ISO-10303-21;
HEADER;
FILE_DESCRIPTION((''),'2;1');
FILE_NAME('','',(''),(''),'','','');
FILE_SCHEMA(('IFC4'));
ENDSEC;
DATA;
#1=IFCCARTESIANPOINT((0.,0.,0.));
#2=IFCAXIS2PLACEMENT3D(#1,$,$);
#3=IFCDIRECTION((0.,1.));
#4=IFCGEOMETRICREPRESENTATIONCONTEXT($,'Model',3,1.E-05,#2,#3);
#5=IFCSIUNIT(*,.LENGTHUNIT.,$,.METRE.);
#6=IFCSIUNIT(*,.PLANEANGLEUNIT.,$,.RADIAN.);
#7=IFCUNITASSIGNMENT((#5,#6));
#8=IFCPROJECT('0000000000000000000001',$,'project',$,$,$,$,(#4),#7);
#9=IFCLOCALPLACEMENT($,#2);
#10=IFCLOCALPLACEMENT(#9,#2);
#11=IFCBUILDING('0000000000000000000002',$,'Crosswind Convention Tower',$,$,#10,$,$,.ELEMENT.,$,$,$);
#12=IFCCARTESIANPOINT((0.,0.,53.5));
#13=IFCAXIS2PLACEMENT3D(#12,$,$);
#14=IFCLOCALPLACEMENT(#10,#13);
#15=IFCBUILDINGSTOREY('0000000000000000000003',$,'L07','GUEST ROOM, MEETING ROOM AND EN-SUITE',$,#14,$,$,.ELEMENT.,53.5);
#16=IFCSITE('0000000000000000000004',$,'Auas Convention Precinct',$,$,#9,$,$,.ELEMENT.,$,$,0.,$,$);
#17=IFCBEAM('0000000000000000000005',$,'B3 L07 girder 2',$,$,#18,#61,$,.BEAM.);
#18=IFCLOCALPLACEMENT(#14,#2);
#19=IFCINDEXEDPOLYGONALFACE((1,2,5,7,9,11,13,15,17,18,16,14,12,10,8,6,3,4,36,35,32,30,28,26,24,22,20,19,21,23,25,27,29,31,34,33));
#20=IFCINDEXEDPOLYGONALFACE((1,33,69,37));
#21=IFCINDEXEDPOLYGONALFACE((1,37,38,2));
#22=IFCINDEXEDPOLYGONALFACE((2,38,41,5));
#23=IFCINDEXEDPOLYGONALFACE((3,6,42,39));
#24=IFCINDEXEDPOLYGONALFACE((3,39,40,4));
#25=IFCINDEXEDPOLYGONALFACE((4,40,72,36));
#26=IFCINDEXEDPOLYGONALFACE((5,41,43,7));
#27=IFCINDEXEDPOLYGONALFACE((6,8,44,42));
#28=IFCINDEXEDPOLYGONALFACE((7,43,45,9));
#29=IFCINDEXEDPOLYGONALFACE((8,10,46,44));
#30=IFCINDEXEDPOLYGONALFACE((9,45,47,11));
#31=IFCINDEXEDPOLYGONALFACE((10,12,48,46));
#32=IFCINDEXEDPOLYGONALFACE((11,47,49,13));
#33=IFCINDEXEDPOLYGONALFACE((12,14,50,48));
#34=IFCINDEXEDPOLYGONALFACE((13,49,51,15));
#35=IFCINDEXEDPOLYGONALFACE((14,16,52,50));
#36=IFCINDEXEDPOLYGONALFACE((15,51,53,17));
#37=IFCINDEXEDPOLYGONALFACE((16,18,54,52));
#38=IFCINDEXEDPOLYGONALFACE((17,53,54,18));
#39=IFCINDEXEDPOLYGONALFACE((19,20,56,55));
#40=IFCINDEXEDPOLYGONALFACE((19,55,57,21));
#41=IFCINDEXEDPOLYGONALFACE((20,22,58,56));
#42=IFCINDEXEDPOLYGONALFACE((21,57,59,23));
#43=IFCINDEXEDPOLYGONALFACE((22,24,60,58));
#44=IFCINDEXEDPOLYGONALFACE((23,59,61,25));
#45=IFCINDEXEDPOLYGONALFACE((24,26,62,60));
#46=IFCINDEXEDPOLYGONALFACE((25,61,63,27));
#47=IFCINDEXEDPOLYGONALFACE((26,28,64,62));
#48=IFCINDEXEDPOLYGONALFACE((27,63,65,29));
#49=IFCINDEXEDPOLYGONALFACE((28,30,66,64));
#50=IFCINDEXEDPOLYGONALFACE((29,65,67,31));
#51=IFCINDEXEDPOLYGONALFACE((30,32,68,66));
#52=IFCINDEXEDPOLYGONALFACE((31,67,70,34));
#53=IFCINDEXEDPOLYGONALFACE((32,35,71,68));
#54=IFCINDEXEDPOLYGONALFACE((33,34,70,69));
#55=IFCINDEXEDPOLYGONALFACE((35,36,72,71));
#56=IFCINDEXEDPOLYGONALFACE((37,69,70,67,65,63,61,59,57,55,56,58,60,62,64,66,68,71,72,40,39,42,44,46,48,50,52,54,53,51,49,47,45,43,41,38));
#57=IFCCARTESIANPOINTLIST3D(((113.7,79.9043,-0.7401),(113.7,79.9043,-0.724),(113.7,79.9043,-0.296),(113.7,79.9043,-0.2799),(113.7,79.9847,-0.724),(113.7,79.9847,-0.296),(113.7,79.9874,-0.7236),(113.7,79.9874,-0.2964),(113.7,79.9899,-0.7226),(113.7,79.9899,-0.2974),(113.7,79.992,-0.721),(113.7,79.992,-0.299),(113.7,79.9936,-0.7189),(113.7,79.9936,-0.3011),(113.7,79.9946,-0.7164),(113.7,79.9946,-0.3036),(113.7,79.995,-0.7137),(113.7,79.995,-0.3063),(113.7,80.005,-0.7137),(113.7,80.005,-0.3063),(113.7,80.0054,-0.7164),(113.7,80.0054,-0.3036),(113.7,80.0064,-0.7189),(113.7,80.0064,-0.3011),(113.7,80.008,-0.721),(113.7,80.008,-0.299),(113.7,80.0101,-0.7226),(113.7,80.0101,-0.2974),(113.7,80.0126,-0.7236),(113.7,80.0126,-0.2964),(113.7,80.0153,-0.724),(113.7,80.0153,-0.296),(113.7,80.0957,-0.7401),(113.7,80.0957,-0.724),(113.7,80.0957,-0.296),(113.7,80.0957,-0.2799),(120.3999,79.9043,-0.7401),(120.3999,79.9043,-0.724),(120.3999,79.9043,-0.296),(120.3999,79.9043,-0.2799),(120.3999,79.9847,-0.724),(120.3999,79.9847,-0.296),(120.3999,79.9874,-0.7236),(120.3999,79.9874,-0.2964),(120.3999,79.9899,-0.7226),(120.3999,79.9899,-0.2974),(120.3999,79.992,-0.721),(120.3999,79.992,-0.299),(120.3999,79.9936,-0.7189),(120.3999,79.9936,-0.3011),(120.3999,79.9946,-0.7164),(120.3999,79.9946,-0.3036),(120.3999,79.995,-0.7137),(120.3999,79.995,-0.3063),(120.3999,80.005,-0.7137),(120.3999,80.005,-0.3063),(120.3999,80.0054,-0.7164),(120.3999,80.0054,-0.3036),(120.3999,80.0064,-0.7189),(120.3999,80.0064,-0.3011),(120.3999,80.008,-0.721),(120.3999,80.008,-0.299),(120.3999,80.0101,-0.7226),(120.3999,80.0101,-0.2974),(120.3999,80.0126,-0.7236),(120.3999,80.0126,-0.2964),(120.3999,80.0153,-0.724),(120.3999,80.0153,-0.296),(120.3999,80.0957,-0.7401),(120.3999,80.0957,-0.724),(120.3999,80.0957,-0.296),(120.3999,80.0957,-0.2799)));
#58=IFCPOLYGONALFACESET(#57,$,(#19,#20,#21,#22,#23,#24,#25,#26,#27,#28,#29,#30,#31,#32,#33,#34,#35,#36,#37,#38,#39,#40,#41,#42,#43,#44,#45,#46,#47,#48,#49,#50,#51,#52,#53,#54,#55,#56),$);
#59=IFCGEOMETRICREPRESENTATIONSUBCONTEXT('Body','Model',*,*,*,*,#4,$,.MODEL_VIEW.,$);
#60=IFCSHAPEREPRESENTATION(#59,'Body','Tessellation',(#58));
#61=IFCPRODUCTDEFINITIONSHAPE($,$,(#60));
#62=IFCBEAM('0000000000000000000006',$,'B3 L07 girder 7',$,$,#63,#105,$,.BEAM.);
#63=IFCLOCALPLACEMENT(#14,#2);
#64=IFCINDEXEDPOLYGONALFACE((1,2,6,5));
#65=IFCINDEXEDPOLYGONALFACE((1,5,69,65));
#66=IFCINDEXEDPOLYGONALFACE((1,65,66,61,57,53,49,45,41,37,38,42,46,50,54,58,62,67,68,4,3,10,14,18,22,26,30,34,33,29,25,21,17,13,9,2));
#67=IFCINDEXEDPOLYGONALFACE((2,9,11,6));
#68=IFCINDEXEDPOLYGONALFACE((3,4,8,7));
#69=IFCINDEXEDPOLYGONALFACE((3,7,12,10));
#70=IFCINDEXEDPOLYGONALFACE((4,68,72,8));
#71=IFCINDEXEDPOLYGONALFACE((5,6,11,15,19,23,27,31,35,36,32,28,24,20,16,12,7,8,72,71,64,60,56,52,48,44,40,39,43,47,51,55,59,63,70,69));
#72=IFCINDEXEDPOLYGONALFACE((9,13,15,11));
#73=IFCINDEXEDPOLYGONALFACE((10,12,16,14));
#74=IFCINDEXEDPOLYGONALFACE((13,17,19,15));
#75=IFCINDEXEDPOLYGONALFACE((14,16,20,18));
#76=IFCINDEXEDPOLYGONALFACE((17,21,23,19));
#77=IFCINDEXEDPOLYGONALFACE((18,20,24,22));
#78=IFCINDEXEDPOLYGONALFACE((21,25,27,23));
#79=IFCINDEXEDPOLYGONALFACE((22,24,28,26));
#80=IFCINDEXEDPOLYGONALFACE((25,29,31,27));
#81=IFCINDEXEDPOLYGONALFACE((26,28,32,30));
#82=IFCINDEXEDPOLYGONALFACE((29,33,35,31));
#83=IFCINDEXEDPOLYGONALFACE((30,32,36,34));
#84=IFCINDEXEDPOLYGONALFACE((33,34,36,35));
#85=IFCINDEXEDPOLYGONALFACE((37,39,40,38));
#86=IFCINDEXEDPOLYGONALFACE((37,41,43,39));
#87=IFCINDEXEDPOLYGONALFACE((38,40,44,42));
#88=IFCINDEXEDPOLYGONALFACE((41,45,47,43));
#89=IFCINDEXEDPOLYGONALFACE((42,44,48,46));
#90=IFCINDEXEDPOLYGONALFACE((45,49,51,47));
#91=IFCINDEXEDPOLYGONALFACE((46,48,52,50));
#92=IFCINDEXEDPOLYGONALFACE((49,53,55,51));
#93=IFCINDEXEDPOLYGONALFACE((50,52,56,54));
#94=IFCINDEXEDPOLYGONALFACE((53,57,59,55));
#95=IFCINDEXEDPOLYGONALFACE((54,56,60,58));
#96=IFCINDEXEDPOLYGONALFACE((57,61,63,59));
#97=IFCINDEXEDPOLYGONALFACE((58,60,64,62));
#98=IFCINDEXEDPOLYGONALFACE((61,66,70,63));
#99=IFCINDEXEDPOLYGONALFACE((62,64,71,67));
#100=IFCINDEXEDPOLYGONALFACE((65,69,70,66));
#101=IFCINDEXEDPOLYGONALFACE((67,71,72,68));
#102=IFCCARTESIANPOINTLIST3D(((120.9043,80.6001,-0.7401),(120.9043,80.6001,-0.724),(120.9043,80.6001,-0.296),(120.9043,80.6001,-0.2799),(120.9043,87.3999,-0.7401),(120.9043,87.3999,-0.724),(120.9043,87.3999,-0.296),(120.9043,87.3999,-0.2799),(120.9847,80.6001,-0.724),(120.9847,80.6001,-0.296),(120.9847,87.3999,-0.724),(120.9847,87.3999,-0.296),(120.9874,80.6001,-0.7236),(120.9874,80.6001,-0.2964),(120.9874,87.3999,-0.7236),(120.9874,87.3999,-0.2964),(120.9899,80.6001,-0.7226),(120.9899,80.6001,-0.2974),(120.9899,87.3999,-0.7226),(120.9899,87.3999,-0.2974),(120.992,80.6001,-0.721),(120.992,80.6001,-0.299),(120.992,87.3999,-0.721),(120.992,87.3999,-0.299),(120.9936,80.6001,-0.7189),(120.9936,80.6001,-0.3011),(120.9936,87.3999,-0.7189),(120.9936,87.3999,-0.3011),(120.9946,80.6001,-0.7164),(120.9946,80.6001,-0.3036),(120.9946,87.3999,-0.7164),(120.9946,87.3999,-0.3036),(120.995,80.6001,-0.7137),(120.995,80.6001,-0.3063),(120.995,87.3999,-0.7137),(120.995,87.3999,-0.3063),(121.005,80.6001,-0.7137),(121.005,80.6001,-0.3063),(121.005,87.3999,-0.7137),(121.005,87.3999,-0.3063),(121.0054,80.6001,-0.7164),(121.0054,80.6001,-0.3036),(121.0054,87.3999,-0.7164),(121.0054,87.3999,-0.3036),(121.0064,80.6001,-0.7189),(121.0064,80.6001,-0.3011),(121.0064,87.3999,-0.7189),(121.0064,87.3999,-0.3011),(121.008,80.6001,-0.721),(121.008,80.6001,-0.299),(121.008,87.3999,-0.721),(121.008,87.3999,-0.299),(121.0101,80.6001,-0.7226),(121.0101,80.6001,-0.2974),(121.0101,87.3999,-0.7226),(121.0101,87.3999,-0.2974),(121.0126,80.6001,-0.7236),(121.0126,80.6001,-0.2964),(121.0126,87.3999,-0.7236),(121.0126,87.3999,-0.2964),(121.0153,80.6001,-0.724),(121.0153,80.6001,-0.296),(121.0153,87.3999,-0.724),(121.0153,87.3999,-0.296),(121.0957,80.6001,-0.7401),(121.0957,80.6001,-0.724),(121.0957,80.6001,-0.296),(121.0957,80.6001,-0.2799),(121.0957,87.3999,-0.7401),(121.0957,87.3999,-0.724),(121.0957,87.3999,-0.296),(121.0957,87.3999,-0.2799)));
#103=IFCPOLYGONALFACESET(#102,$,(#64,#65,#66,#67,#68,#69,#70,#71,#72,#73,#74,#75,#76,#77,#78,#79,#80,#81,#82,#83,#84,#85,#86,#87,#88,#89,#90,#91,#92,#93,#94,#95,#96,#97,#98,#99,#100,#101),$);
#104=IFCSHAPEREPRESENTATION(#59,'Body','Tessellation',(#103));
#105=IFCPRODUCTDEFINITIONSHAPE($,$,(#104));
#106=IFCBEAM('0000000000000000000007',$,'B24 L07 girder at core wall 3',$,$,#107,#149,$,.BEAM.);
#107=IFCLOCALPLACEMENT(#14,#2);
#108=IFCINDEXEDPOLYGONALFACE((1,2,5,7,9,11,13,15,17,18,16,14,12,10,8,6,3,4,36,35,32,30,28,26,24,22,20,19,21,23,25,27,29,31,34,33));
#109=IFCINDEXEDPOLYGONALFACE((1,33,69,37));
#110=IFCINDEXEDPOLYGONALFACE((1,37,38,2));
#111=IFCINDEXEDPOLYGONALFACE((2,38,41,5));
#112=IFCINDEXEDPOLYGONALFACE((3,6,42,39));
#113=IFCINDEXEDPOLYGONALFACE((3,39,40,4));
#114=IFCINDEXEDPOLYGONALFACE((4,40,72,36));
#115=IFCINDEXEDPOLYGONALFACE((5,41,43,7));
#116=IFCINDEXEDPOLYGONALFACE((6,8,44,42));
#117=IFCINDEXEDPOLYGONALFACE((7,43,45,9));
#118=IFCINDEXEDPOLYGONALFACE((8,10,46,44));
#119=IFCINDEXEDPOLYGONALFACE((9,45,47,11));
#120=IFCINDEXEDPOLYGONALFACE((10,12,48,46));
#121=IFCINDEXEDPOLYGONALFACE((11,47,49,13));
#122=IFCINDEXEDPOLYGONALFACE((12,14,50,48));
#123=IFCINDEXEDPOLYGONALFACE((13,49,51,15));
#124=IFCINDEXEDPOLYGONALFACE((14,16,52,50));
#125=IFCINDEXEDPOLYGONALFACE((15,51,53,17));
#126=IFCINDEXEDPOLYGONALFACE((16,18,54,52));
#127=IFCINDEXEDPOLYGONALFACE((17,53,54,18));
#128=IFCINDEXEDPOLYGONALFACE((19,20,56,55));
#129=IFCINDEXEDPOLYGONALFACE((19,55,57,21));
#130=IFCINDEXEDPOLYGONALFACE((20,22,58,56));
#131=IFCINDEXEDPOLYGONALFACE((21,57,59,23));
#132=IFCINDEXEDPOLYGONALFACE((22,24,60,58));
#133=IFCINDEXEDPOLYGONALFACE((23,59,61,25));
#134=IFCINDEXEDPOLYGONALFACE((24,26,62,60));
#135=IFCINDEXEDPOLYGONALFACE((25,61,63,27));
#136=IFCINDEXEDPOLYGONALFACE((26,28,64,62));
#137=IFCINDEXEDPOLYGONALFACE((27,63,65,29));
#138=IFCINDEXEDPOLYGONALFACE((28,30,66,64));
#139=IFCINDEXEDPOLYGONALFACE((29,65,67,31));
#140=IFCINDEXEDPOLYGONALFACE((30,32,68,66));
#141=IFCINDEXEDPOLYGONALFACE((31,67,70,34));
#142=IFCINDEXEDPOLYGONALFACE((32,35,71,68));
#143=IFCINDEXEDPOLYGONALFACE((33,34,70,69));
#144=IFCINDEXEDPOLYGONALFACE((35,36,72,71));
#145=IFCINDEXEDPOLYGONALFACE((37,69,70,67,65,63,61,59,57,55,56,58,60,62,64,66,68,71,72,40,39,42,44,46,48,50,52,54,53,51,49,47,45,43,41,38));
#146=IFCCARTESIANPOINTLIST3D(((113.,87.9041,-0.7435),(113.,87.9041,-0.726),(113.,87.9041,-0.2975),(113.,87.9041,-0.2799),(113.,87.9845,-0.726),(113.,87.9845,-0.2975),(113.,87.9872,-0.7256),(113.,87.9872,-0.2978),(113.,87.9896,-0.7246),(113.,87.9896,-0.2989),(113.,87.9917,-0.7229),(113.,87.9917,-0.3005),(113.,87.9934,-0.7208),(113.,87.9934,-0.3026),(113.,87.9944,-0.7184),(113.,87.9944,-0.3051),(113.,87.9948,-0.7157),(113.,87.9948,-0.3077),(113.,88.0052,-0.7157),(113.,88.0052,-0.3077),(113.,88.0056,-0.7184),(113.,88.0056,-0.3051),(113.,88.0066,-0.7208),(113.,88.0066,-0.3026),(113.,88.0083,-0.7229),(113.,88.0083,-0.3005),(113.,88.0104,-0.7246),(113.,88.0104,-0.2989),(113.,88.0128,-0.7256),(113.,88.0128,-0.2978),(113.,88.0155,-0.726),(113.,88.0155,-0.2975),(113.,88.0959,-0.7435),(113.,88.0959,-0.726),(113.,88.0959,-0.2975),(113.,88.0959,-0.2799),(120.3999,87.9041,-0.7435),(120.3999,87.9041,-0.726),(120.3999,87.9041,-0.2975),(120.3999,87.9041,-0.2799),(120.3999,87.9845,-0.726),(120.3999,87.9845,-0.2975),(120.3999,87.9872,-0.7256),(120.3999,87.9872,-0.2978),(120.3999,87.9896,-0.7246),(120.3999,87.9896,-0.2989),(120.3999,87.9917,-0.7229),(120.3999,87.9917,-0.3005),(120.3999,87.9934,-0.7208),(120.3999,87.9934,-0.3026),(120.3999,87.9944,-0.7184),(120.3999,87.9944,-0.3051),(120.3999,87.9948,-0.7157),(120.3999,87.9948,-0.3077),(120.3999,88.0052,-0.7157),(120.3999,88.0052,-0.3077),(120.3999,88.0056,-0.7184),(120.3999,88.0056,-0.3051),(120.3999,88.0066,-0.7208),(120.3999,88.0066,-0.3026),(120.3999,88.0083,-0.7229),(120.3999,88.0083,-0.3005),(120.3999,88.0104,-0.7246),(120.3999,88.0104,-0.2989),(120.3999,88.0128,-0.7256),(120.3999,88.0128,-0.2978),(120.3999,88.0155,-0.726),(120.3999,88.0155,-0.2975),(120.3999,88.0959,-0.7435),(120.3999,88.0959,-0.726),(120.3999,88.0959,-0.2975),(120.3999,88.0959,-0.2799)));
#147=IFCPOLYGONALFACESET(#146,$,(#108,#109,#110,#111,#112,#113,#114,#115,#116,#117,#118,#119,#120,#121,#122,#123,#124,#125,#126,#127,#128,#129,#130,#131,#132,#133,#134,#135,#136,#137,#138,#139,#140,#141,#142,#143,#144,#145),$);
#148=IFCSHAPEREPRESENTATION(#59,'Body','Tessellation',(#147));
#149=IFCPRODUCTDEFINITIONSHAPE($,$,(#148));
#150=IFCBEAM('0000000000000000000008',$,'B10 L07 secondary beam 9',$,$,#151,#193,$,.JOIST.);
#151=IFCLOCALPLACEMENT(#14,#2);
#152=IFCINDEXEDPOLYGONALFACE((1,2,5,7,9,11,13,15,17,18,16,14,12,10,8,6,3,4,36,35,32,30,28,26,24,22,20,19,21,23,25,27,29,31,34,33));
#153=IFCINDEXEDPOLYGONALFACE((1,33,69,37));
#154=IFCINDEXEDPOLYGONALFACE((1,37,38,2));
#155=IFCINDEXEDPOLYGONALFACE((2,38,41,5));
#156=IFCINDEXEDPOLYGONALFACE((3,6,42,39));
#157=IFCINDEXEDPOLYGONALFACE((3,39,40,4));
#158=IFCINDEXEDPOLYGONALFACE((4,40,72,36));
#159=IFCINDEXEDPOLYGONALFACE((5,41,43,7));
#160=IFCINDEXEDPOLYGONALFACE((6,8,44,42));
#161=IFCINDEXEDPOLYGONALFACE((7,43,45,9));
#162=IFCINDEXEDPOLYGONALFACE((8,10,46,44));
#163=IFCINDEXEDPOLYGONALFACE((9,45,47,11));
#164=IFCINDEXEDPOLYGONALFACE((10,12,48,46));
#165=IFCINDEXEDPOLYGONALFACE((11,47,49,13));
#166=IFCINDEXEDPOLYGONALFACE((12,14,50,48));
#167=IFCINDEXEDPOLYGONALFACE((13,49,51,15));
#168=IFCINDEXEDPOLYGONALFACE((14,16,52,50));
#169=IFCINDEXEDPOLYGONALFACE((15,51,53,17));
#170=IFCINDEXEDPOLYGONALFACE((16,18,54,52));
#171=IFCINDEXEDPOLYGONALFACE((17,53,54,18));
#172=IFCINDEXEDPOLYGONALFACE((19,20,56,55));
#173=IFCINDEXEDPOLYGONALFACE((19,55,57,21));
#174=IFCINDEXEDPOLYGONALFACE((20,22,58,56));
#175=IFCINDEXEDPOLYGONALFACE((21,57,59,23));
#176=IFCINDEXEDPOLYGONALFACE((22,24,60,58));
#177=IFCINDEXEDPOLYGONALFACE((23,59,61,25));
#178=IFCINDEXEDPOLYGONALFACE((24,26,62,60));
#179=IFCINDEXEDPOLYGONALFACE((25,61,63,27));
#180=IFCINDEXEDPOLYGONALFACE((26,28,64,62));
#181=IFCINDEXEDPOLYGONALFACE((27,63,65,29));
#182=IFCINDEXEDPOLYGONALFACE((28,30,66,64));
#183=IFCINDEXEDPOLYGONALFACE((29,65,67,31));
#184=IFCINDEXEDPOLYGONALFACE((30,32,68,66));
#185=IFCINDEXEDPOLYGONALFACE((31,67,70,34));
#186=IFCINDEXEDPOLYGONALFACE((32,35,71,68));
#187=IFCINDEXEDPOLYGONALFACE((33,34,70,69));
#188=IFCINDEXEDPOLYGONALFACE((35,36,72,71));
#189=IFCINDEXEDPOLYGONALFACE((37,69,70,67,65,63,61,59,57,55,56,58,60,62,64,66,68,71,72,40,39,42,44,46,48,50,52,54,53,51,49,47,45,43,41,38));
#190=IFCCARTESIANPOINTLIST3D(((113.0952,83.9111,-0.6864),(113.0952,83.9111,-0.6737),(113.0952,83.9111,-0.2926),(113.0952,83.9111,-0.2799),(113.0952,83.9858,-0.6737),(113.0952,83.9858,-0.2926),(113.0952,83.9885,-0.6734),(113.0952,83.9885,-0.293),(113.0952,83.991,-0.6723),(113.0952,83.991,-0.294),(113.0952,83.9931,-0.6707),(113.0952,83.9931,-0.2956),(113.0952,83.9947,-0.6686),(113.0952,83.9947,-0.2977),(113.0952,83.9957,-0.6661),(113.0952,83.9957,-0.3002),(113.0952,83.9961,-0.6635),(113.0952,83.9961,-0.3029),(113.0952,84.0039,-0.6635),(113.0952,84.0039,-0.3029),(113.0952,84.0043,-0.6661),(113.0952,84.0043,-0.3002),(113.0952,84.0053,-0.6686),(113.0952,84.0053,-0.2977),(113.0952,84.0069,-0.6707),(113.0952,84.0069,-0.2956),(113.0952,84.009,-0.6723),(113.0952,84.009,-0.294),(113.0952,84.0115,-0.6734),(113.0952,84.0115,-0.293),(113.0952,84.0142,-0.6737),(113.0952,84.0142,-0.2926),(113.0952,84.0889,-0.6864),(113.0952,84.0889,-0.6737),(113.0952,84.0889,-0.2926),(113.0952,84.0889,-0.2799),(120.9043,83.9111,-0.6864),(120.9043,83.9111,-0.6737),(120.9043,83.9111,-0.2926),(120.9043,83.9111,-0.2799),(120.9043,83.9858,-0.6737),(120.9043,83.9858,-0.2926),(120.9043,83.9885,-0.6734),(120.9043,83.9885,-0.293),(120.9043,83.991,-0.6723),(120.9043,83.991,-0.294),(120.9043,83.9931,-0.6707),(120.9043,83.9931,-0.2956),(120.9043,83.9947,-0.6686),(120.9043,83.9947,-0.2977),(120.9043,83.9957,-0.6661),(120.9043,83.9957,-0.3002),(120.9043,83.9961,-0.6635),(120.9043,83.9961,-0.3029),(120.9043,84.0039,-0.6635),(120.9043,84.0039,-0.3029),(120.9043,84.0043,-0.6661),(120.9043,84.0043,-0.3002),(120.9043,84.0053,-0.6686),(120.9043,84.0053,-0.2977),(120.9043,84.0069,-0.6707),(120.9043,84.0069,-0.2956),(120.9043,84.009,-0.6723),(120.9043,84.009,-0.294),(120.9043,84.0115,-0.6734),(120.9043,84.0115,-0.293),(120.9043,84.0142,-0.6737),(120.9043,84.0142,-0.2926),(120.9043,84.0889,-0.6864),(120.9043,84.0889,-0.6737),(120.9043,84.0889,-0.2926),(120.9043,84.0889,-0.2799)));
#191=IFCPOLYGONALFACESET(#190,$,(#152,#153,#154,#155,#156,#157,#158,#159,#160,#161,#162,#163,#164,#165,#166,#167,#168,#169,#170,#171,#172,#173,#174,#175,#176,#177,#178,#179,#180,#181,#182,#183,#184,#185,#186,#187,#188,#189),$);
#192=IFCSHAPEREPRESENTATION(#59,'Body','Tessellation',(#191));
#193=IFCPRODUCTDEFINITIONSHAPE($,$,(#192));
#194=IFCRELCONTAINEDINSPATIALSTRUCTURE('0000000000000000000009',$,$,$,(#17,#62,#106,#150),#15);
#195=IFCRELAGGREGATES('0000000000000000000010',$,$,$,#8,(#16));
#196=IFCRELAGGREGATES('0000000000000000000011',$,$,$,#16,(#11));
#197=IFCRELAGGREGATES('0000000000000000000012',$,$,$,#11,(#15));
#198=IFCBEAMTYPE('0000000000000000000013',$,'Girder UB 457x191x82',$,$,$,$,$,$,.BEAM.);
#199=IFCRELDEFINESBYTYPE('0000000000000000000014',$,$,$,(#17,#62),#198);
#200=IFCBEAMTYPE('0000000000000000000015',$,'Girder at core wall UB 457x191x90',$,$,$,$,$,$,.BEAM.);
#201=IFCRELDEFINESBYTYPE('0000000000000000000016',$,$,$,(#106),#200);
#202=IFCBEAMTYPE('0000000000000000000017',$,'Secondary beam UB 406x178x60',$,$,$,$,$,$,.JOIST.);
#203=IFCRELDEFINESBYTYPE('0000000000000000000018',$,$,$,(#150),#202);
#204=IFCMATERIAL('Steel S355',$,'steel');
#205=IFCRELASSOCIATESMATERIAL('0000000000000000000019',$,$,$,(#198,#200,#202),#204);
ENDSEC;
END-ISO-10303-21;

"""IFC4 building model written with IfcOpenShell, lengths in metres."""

from ifc_helpers import new_model, si_unit, direction, frame, origin, origin_2d, place, context, subcontext, project, spatial, i_section, extrude, material, material_profile, profile_set, type_object, element, save


model = new_model("IFC4")

# Units and contexts
model_context = context("Model", 3, precision=1e-05, world=origin(), true_north=direction((0.0, 1.0)))
body_context = subcontext(model_context, "Body", "Model", "MODEL_VIEW")
ifc_project = project(units=[si_unit("LENGTHUNIT", "METRE"), si_unit("PLANEANGLEUNIT", "RADIAN")], contexts=[model_context])

# Site, building, storey
site_placement = place(None, origin())
site = spatial("IfcSite", under=ifc_project, at=site_placement, Name="Auas Convention Precinct", CompositionType="ELEMENT", RefElevation=0.0)
building_placement = place(site_placement, origin())
building = spatial("IfcBuilding", under=site, at=building_placement, Name="Crosswind Convention Tower", CompositionType="ELEMENT")
storey_placement = place(building_placement, frame((0.0, 0.0, 53.5)))
storey = spatial("IfcBuildingStorey", under=building, at=storey_placement, Name="L07", Description="GUEST ROOM, MEETING ROOM AND EN-SUITE", CompositionType="ELEMENT", Elevation=53.5)

# Beams
ifc_material_1 = material(Name="Steel S355", Category="steel")
ifc_material_profile_1 = material_profile(ifc_material_1, i_section(OverallWidth=0.1914, OverallDepth=0.4602, WebThickness=0.01, FlangeThickness=0.0161, FilletRadius=0.0103, at=origin_2d()), Name="UB 457x191x82")
ifc_profile_set_1 = profile_set([ifc_material_profile_1], Name="Steel S355")
beam_type_1 = type_object("IfcBeamType", Name="Girder UB 457x191x82", PredefinedType="BEAM", material=ifc_profile_set_1)
beam_1_placement = place(storey_placement, frame((113.7, 80.0, -0.51), z_axis=(1.0, 0.0, 0.0), x_axis=(0.0, 1.0, 0.0)))
element("IfcBeam", 1, at=beam_1_placement, inside=storey, type_object=beam_type_1, Name="B3 L07 girder 2", PredefinedType="BEAM", context=body_context, shape_type="SweptSolid", body=[
    extrude(i_section(OverallWidth=0.1914, OverallDepth=0.4602, WebThickness=0.01, FlangeThickness=0.0161, FilletRadius=0.0103, at=origin_2d()), origin(), (0.0, 0.0, 1.0), 6.7),
])
beam_2_placement = place(storey_placement, frame((121.0, 80.6001, -0.51), z_axis=(0.0, 1.0, 0.0), x_axis=(-1.0, 0.0, 0.0)))
element("IfcBeam", 2, at=beam_2_placement, inside=storey, type_object=beam_type_1, Name="B3 L07 girder 7", PredefinedType="BEAM", context=body_context, shape_type="SweptSolid", body=[
    extrude(i_section(OverallWidth=0.1914, OverallDepth=0.4602, WebThickness=0.01, FlangeThickness=0.0161, FilletRadius=0.0103, at=origin_2d()), origin(), (0.0, 0.0, 1.0), 6.7998),
])
ifc_material_profile_2 = material_profile(ifc_material_1, i_section(OverallWidth=0.1919, OverallDepth=0.4636, WebThickness=0.0105, FlangeThickness=0.0176, FilletRadius=0.0103, at=origin_2d()), Name="UB 457x191x90")
ifc_profile_set_2 = profile_set([ifc_material_profile_2], Name="Steel S355")
beam_type_2 = type_object("IfcBeamType", Name="Girder at core wall UB 457x191x90", PredefinedType="BEAM", material=ifc_profile_set_2)
beam_3_placement = place(storey_placement, frame((113.0, 88.0, -0.5117), z_axis=(1.0, 0.0, 0.0), x_axis=(0.0, 1.0, 0.0)))
element("IfcBeam", 3, at=beam_3_placement, inside=storey, type_object=beam_type_2, Name="B24 L07 girder at core wall 3", PredefinedType="BEAM", context=body_context, shape_type="SweptSolid", body=[
    extrude(i_section(OverallWidth=0.1919, OverallDepth=0.4636, WebThickness=0.0105, FlangeThickness=0.0176, FilletRadius=0.0103, at=origin_2d()), origin(), (0.0, 0.0, 1.0), 7.3999),
])
ifc_material_profile_3 = material_profile(ifc_material_1, i_section(OverallWidth=0.1777, OverallDepth=0.4065, WebThickness=0.0078, FlangeThickness=0.0127, FilletRadius=0.0103, at=origin_2d()), Name="UB 406x178x60")
ifc_profile_set_3 = profile_set([ifc_material_profile_3], Name="Steel S355")
beam_type_3 = type_object("IfcBeamType", Name="Secondary beam UB 406x178x60", PredefinedType="JOIST", material=ifc_profile_set_3)
beam_4_placement = place(storey_placement, frame((113.0952, 84.0, -0.4832), z_axis=(1.0, 0.0, 0.0), x_axis=(0.0, 1.0, 0.0)))
element("IfcBeam", 4, at=beam_4_placement, inside=storey, type_object=beam_type_3, Name="B10 L07 secondary beam 9", PredefinedType="JOIST", context=body_context, shape_type="SweptSolid", body=[
    extrude(i_section(OverallWidth=0.1777, OverallDepth=0.4065, WebThickness=0.0078, FlangeThickness=0.0127, FilletRadius=0.0103, at=origin_2d()), origin(), (0.0, 0.0, 1.0), 7.8091),
])

save(model, "model.ifc")
